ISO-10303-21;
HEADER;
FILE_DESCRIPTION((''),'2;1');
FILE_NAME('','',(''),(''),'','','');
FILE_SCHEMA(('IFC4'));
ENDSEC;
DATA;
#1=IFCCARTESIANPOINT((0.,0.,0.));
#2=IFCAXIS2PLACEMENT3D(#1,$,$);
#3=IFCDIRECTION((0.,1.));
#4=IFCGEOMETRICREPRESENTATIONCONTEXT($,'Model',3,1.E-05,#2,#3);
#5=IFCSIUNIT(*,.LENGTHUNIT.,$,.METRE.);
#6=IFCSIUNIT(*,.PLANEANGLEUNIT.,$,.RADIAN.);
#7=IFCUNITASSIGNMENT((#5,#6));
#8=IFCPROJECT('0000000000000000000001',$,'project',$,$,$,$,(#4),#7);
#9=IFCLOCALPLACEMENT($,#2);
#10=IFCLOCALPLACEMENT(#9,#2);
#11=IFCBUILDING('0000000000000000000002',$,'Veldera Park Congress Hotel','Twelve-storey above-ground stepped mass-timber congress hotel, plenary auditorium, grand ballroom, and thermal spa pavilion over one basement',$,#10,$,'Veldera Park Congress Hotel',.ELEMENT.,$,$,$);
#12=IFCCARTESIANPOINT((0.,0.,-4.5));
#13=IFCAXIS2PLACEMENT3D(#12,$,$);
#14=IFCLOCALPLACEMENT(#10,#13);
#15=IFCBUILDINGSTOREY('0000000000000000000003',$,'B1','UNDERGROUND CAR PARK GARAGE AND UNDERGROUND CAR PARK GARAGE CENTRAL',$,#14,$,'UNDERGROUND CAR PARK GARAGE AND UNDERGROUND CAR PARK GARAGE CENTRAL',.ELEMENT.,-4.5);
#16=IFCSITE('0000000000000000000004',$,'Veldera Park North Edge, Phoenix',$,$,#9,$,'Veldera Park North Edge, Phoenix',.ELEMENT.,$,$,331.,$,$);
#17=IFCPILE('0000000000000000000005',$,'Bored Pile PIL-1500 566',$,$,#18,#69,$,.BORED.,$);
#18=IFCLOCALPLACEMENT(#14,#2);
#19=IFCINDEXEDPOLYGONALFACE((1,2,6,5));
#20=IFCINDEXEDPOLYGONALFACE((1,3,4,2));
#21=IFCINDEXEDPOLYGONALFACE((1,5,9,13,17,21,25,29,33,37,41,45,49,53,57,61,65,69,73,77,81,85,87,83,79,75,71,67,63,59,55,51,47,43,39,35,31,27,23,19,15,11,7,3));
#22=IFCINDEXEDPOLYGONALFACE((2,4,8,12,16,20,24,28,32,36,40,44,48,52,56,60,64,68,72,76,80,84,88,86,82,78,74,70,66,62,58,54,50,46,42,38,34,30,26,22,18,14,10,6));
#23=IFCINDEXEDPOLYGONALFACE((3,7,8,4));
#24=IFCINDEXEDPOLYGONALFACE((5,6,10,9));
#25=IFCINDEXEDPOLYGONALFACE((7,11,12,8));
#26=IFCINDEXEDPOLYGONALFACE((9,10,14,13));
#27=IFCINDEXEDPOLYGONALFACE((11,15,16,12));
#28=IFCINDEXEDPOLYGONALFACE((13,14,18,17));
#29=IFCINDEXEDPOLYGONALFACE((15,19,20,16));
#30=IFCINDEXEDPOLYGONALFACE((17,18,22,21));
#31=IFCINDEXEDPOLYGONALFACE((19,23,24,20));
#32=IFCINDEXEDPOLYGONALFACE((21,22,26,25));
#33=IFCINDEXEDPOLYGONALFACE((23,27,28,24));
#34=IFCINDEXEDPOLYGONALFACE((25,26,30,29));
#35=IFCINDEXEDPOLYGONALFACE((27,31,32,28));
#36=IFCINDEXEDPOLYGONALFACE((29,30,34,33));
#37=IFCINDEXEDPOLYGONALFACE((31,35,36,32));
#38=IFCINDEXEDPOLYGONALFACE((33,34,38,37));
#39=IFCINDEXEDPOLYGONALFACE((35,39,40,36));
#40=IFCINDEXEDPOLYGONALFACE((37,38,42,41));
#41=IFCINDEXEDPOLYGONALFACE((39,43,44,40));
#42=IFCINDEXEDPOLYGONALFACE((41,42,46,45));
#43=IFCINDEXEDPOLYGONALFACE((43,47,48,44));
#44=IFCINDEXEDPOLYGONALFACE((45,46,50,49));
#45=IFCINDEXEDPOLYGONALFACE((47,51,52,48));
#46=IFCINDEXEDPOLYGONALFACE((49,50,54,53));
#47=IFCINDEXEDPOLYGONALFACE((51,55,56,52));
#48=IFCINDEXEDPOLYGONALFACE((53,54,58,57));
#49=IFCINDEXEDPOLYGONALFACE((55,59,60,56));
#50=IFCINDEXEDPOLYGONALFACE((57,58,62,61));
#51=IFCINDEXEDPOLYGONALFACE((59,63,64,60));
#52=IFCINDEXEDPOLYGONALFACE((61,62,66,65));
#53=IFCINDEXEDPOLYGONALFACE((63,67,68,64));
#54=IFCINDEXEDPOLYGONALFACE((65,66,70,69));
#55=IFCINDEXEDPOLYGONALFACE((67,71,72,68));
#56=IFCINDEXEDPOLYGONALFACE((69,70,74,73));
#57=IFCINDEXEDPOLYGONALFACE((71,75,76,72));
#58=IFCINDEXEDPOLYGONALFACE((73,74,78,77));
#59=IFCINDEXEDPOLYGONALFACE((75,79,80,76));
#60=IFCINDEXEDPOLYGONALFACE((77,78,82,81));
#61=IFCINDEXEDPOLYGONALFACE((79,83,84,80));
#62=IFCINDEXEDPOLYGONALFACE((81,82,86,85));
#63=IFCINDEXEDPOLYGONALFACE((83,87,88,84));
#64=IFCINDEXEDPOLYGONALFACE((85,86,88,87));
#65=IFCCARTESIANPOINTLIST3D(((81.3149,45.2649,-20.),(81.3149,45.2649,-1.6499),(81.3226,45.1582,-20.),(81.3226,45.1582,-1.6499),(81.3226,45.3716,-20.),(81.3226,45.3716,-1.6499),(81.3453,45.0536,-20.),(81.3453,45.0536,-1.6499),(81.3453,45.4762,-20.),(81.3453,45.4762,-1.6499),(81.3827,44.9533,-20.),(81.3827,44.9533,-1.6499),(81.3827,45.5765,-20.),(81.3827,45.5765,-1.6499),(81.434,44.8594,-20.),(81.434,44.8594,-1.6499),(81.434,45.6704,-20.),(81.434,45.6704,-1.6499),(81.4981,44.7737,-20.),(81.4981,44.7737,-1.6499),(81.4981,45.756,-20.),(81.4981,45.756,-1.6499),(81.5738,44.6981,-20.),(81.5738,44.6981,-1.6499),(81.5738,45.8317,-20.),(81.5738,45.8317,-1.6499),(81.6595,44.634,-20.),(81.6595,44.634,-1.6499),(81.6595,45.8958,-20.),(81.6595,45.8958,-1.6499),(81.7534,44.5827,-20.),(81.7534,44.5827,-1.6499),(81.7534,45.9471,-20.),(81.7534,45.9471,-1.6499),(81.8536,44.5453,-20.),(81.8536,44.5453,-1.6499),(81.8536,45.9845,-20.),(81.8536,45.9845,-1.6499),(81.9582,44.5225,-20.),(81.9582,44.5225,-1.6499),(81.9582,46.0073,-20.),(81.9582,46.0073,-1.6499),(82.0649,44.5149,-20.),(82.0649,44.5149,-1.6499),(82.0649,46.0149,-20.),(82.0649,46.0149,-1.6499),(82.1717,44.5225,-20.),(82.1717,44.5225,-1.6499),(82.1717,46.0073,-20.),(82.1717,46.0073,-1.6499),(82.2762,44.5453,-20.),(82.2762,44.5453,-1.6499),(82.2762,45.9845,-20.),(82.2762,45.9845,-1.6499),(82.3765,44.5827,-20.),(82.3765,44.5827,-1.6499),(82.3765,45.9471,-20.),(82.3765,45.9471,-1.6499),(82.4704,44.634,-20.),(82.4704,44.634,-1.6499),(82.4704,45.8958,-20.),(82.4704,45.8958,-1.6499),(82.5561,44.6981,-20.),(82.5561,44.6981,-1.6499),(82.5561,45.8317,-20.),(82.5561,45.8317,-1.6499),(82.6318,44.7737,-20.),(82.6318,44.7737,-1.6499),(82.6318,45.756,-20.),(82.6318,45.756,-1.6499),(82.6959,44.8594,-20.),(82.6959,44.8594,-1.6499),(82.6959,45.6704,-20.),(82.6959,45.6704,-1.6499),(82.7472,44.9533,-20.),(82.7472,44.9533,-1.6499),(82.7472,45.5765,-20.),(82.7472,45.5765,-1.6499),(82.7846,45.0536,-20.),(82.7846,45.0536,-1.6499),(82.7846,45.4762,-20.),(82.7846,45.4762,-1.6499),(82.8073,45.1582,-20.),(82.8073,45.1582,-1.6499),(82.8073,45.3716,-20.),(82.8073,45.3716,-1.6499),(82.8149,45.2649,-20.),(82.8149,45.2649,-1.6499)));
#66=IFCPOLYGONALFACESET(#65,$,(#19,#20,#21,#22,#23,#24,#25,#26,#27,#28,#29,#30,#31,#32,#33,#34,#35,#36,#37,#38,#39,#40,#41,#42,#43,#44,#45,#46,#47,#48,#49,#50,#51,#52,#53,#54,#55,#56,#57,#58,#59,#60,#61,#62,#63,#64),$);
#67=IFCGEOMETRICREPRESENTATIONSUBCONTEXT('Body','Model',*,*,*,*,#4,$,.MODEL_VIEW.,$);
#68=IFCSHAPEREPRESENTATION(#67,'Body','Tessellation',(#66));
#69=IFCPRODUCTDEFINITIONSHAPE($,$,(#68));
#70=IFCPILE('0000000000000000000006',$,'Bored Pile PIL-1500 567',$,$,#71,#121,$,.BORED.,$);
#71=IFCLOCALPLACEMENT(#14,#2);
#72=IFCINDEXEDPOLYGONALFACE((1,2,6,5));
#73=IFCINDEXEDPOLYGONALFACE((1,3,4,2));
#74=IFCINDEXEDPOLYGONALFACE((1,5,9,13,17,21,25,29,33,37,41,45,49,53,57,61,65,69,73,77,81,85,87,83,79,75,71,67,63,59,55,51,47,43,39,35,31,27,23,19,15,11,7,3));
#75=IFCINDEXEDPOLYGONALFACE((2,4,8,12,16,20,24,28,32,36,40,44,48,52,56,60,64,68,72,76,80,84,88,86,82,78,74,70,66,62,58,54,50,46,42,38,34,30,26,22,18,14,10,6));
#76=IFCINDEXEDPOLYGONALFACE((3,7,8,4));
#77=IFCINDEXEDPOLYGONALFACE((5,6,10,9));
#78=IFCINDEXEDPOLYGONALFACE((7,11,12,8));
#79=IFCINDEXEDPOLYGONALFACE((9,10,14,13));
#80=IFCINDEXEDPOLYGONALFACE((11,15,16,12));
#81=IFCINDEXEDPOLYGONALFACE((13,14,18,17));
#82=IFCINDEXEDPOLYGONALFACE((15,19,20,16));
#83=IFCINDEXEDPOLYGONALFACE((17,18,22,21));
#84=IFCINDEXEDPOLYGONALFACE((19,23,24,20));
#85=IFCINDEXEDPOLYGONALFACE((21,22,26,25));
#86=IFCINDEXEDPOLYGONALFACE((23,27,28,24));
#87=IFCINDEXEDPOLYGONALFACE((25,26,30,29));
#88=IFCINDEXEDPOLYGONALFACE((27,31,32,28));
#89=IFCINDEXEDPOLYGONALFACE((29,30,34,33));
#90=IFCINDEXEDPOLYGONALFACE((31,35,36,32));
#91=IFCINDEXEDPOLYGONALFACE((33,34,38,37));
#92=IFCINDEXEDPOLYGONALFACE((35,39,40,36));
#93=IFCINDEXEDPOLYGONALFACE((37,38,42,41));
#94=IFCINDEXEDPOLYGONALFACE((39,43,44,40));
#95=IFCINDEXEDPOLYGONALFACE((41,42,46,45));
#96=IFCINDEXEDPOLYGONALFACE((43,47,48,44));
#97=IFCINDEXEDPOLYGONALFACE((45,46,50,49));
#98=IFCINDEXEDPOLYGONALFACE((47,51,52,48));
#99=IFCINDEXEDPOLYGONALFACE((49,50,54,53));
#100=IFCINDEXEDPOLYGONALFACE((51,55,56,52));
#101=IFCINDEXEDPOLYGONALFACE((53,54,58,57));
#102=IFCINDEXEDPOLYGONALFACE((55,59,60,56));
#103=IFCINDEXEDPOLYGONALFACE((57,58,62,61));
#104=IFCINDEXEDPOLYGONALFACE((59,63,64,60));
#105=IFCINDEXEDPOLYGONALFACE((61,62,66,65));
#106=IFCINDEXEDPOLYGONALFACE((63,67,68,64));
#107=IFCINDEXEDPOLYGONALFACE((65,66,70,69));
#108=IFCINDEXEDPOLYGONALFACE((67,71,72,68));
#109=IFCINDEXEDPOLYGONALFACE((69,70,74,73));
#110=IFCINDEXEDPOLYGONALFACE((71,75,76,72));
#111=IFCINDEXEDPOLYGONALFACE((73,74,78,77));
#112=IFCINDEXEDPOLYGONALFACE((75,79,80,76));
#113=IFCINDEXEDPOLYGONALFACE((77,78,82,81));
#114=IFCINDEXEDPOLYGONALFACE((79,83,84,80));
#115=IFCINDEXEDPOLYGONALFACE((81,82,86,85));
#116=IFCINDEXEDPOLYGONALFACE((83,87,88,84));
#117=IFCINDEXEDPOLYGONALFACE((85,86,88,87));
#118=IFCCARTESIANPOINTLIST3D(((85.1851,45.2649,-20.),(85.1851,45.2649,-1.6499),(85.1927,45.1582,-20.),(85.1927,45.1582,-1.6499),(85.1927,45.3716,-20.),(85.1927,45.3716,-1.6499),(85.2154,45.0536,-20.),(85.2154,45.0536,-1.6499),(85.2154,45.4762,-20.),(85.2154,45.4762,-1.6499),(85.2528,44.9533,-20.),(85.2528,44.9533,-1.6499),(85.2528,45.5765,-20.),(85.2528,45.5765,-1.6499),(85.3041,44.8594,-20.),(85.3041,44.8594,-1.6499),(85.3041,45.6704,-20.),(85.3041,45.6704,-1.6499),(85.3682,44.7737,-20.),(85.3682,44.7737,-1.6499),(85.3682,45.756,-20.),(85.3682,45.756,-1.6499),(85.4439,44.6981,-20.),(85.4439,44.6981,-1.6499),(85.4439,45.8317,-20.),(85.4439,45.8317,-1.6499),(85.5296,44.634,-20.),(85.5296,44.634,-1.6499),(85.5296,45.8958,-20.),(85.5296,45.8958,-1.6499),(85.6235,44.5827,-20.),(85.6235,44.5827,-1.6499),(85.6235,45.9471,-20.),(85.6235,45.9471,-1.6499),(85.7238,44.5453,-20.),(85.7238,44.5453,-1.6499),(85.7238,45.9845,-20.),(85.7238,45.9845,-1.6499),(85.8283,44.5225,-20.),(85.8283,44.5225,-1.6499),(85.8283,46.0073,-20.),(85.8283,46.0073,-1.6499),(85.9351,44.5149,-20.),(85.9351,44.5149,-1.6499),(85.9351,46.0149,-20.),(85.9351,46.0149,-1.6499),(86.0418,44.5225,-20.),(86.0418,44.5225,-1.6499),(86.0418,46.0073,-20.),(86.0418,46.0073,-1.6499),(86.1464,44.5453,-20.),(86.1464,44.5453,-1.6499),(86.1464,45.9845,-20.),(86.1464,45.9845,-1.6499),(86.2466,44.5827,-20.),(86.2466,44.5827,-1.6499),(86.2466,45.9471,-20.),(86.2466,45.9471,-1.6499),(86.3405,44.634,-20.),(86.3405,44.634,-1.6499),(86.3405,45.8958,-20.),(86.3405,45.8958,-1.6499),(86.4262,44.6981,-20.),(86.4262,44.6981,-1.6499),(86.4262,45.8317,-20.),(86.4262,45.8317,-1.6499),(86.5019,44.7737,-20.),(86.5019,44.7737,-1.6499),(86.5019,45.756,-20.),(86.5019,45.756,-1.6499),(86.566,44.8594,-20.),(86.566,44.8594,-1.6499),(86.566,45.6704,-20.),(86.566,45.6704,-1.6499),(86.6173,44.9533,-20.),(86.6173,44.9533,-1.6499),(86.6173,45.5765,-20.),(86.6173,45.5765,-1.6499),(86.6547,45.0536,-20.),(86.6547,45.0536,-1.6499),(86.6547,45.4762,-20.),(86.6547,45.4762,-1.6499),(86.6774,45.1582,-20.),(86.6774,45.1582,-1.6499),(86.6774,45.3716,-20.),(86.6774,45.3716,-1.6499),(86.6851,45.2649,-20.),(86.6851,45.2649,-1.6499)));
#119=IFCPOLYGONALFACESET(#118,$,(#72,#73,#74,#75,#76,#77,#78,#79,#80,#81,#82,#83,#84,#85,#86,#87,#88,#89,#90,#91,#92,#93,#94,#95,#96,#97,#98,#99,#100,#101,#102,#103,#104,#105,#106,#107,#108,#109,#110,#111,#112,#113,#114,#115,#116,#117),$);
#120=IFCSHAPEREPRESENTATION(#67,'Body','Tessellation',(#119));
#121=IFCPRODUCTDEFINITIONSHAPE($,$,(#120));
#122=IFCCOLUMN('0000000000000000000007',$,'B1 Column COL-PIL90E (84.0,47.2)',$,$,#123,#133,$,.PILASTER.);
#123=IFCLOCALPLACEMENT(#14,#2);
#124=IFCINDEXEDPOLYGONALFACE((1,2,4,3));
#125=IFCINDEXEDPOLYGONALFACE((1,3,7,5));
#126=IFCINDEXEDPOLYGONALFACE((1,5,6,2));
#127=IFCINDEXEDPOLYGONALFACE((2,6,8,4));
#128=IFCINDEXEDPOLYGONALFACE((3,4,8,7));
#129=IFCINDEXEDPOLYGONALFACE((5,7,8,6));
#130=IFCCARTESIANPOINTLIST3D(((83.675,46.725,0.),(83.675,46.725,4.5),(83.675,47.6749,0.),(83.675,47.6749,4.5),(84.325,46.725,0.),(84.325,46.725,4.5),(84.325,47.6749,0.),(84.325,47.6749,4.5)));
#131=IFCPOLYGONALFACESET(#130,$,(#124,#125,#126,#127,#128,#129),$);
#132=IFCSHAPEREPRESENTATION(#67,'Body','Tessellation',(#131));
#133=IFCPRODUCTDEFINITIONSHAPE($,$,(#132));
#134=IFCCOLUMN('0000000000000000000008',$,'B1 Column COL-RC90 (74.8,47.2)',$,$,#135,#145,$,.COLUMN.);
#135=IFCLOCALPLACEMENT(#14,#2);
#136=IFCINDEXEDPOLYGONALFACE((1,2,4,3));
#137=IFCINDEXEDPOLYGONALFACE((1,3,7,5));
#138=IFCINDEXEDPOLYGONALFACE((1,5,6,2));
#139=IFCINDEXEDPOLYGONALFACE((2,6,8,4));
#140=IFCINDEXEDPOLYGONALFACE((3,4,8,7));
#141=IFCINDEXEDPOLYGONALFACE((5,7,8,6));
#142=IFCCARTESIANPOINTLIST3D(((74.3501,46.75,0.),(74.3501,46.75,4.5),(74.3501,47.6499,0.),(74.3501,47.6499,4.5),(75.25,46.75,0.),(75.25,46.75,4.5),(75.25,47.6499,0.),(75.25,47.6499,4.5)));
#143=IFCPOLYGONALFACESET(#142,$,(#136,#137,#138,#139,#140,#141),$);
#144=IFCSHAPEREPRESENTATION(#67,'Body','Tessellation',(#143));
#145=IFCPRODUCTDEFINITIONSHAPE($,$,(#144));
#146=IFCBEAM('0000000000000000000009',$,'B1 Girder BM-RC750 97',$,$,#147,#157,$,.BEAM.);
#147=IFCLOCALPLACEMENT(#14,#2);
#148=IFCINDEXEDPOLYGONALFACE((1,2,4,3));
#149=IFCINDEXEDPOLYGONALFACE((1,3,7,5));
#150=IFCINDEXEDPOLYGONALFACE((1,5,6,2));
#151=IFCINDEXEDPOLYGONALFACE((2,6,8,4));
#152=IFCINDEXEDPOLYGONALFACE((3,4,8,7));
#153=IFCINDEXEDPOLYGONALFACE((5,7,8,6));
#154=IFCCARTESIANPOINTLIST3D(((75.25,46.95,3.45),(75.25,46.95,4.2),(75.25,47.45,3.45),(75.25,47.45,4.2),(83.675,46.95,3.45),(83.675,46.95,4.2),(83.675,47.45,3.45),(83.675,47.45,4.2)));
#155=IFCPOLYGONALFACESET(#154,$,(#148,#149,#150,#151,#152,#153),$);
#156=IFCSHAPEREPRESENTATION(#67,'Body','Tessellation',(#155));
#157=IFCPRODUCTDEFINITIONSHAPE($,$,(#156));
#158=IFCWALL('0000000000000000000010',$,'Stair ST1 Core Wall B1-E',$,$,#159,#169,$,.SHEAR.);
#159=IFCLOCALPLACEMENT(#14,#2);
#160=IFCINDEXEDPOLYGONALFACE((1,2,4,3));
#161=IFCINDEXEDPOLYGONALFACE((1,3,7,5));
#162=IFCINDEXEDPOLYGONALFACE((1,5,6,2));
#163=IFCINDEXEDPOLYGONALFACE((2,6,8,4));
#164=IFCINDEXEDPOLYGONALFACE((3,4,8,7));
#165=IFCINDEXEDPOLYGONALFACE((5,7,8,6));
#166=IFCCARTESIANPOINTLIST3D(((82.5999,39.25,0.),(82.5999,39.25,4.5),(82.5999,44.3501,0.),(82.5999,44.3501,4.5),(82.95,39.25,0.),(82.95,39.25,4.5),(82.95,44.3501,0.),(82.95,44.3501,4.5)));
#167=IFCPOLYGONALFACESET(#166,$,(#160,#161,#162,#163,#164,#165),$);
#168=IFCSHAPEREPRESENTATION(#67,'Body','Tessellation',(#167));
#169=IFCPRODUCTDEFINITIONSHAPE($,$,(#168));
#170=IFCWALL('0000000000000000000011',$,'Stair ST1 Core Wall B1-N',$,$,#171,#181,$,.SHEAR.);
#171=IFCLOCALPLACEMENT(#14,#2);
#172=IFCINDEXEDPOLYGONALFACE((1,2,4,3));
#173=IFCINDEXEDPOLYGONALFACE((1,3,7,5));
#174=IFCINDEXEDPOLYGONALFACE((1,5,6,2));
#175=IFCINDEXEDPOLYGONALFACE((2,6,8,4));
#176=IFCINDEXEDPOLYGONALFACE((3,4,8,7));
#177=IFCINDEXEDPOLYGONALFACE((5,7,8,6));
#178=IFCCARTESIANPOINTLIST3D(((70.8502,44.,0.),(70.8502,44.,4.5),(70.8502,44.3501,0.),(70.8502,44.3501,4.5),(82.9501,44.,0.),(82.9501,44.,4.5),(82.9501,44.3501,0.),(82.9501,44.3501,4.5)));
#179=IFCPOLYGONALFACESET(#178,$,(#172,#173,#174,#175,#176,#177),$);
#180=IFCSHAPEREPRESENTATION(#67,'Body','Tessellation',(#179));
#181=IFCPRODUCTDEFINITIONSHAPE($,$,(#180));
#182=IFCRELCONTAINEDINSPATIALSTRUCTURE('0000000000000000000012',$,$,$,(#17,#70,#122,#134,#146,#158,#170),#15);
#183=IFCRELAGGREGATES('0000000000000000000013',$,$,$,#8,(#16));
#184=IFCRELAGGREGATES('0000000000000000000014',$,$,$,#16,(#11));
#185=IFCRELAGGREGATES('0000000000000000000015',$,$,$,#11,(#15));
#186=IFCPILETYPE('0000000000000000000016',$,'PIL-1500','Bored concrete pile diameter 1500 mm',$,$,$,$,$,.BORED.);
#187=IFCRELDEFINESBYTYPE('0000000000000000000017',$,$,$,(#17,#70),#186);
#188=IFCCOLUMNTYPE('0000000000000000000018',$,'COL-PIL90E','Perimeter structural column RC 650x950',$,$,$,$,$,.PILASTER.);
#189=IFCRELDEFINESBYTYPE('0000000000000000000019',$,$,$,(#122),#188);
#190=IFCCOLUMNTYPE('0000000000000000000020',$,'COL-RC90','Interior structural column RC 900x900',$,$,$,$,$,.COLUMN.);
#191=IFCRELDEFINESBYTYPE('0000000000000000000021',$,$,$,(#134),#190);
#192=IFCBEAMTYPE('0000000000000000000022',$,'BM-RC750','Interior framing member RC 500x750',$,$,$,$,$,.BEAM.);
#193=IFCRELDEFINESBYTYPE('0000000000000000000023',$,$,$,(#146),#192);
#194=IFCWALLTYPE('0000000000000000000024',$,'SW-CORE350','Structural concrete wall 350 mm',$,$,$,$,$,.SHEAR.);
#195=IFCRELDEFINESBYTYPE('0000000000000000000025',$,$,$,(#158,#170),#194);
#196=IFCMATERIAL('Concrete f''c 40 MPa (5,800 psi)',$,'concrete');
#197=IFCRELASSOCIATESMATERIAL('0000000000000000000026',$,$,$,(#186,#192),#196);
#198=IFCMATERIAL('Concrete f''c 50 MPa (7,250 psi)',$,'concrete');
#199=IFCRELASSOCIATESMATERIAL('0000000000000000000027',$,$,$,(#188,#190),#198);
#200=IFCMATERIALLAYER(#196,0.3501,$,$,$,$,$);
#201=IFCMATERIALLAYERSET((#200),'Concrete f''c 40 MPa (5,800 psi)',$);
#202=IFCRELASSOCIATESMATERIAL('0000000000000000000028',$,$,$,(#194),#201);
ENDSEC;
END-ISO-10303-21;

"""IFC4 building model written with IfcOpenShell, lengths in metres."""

from ifc_helpers import new_model, si_unit, direction, frame, frame_2d, origin, origin_2d, place, context, subcontext, project, spatial, rectangle, circle, extrude, material, layer, layer_set, material_profile, profile_set, type_object, element, save


model = new_model("IFC4")

# Units and contexts
model_context = context("Model", 3, precision=1e-05, world=origin(), true_north=direction((0.0, 1.0)))
body_context = subcontext(model_context, "Body", "Model", "MODEL_VIEW")
ifc_project = project(units=[si_unit("LENGTHUNIT", "METRE"), si_unit("PLANEANGLEUNIT", "RADIAN")], contexts=[model_context])

# Site, building, storey
site_placement = place(None, origin())
site = spatial("IfcSite", under=ifc_project, at=site_placement, Name="Veldera Park North Edge, Phoenix", LongName="Veldera Park North Edge, Phoenix", CompositionType="ELEMENT", RefElevation=331.0)
building_placement = place(site_placement, origin())
building = spatial("IfcBuilding", under=site, at=building_placement, Name="Veldera Park Congress Hotel", Description="Twelve-storey above-ground stepped mass-timber congress hotel, plenary auditorium, grand ballroom, and thermal spa pavilion over one basement", LongName="Veldera Park Congress Hotel", CompositionType="ELEMENT")
storey_placement = place(building_placement, frame((0.0, 0.0, -4.5)))
storey = spatial("IfcBuildingStorey", under=building, at=storey_placement, Name="B1", Description="UNDERGROUND CAR PARK GARAGE AND UNDERGROUND CAR PARK GARAGE CENTRAL", LongName="UNDERGROUND CAR PARK GARAGE AND UNDERGROUND CAR PARK GARAGE CENTRAL", CompositionType="ELEMENT", Elevation=-4.5)

# Shared definitions
ifc_material_1 = material(Name="Concrete f'c 40 MPa (5,800 psi)", Category="concrete")

# Piles
ifc_material_profile_1 = material_profile(ifc_material_1, circle(Radius=0.75, at=origin_2d()), Name="PILE D1500")
ifc_profile_set_1 = profile_set([ifc_material_profile_1], Name="Concrete f'c 40 MPa (5,800 psi)")
pile_type = type_object("IfcPileType", Name="PIL-1500", Description="Bored concrete pile diameter 1500 mm", PredefinedType="BORED", material=ifc_profile_set_1)
for number, where, z_axis, x_axis, name in (
    (1, (82.0649, 45.2649, -1.6499), (0.0, 0.0, -1.0), (1.0, 0.0, 0.0), "Bored Pile PIL-1500 566"),
    (2, (85.9351, 45.2649, -1.6499), (0.0, 0.0, -1.0), (1.0, 0.0, 0.0), "Bored Pile PIL-1500 567"),
):
    element("IfcPile", number, at=place(storey_placement, frame(where, z_axis=z_axis, x_axis=x_axis)), inside=storey, type_object=pile_type, Name=name, PredefinedType="BORED", context=body_context, shape_type="SweptSolid", body=[
        extrude(circle(Radius=0.75, at=origin_2d()), origin(), (0.0, 0.0, 1.0), 18.3501),
    ])

# Columns
ifc_material_2 = material(Name="Concrete f'c 50 MPa (7,250 psi)", Category="concrete")
ifc_material_profile_2 = material_profile(ifc_material_2, rectangle(XDim=0.6499, YDim=0.95, at=origin_2d()), Name="RC 650x950")
ifc_profile_set_2 = profile_set([ifc_material_profile_2], Name="Concrete f'c 50 MPa (7,250 psi)")
column_type_1 = type_object("IfcColumnType", Name="COL-PIL90E", Description="Perimeter structural column RC 650x950", PredefinedType="PILASTER", material=ifc_profile_set_2)
column_1_placement = place(storey_placement, frame((84.0, 47.2, 0.0), z_axis=(0.0, 0.0, 1.0), x_axis=(1.0, 0.0, 0.0)))
element("IfcColumn", 3, at=column_1_placement, inside=storey, type_object=column_type_1, Name="B1 Column COL-PIL90E (84.0,47.2)", PredefinedType="PILASTER", context=body_context, shape_type="SweptSolid", body=[
    extrude(rectangle(XDim=0.6499, YDim=0.95, at=origin_2d()), origin(), (0.0, 0.0, 1.0), 4.5),
])
ifc_material_profile_3 = material_profile(ifc_material_2, rectangle(XDim=0.8999, YDim=0.8999, at=origin_2d()), Name="RC 900x900")
ifc_profile_set_3 = profile_set([ifc_material_profile_3], Name="Concrete f'c 50 MPa (7,250 psi)")
column_type_2 = type_object("IfcColumnType", Name="COL-RC90", Description="Interior structural column RC 900x900", PredefinedType="COLUMN", material=ifc_profile_set_3)
column_2_placement = place(storey_placement, frame((74.8, 47.2, 0.0), z_axis=(0.0, 0.0, 1.0), x_axis=(1.0, 0.0, 0.0)))
element("IfcColumn", 4, at=column_2_placement, inside=storey, type_object=column_type_2, Name="B1 Column COL-RC90 (74.8,47.2)", PredefinedType="COLUMN", context=body_context, shape_type="SweptSolid", body=[
    extrude(rectangle(XDim=0.8999, YDim=0.8999, at=origin_2d()), origin(), (0.0, 0.0, 1.0), 4.5),
])

# Beam
ifc_material_profile_4 = material_profile(ifc_material_1, rectangle(XDim=0.5, YDim=0.75, at=origin_2d()), Name="RC 500x750")
ifc_profile_set_4 = profile_set([ifc_material_profile_4], Name="Concrete f'c 40 MPa (5,800 psi)")
beam_type = type_object("IfcBeamType", Name="BM-RC750", Description="Interior framing member RC 500x750", PredefinedType="BEAM", material=ifc_profile_set_4)
beam_placement = place(storey_placement, frame((75.25, 47.2, 3.825), z_axis=(1.0, 0.0, 0.0), x_axis=(0.0, 1.0, 0.0)))
element("IfcBeam", 5, at=beam_placement, inside=storey, type_object=beam_type, Name="B1 Girder BM-RC750 97", PredefinedType="BEAM", context=body_context, shape_type="SweptSolid", body=[
    extrude(rectangle(XDim=0.5, YDim=0.75, at=origin_2d()), origin(), (0.0, 0.0, 1.0), 8.425),
])

# Walls
ifc_layer = layer(ifc_material_1, 0.3501)
ifc_layer_set = layer_set([ifc_layer], Name="Concrete f'c 40 MPa (5,800 psi)")
wall_type = type_object("IfcWallType", Name="SW-CORE350", Description="Structural concrete wall 350 mm", PredefinedType="SHEAR", material=ifc_layer_set)
wall_1_placement = place(storey_placement, frame((82.7749, 39.25, 0.0), z_axis=(0.0, 0.0, 1.0), x_axis=(0.0, 1.0, 0.0)))
element("IfcWall", 6, at=wall_1_placement, inside=storey, type_object=wall_type, Name="Stair ST1 Core Wall B1-E", PredefinedType="SHEAR", context=body_context, shape_type="SweptSolid", body=[
    extrude(rectangle(XDim=5.1001, YDim=0.3501, at=frame_2d((2.55, 0.0))), origin(), (0.0, 0.0, 1.0), 4.5),
])
wall_2_placement = place(storey_placement, frame((82.95, 44.175, 0.0), z_axis=(0.0, 0.0, 1.0), x_axis=(-1.0, 0.0, 0.0)))
element("IfcWall", 7, at=wall_2_placement, inside=storey, type_object=wall_type, Name="Stair ST1 Core Wall B1-N", PredefinedType="SHEAR", context=body_context, shape_type="SweptSolid", body=[
    extrude(rectangle(XDim=12.0999, YDim=0.3501, at=frame_2d((6.0498, 0.0))), origin(), (0.0, 0.0, 1.0), 4.5),
])

save(model, "model.ifc")
